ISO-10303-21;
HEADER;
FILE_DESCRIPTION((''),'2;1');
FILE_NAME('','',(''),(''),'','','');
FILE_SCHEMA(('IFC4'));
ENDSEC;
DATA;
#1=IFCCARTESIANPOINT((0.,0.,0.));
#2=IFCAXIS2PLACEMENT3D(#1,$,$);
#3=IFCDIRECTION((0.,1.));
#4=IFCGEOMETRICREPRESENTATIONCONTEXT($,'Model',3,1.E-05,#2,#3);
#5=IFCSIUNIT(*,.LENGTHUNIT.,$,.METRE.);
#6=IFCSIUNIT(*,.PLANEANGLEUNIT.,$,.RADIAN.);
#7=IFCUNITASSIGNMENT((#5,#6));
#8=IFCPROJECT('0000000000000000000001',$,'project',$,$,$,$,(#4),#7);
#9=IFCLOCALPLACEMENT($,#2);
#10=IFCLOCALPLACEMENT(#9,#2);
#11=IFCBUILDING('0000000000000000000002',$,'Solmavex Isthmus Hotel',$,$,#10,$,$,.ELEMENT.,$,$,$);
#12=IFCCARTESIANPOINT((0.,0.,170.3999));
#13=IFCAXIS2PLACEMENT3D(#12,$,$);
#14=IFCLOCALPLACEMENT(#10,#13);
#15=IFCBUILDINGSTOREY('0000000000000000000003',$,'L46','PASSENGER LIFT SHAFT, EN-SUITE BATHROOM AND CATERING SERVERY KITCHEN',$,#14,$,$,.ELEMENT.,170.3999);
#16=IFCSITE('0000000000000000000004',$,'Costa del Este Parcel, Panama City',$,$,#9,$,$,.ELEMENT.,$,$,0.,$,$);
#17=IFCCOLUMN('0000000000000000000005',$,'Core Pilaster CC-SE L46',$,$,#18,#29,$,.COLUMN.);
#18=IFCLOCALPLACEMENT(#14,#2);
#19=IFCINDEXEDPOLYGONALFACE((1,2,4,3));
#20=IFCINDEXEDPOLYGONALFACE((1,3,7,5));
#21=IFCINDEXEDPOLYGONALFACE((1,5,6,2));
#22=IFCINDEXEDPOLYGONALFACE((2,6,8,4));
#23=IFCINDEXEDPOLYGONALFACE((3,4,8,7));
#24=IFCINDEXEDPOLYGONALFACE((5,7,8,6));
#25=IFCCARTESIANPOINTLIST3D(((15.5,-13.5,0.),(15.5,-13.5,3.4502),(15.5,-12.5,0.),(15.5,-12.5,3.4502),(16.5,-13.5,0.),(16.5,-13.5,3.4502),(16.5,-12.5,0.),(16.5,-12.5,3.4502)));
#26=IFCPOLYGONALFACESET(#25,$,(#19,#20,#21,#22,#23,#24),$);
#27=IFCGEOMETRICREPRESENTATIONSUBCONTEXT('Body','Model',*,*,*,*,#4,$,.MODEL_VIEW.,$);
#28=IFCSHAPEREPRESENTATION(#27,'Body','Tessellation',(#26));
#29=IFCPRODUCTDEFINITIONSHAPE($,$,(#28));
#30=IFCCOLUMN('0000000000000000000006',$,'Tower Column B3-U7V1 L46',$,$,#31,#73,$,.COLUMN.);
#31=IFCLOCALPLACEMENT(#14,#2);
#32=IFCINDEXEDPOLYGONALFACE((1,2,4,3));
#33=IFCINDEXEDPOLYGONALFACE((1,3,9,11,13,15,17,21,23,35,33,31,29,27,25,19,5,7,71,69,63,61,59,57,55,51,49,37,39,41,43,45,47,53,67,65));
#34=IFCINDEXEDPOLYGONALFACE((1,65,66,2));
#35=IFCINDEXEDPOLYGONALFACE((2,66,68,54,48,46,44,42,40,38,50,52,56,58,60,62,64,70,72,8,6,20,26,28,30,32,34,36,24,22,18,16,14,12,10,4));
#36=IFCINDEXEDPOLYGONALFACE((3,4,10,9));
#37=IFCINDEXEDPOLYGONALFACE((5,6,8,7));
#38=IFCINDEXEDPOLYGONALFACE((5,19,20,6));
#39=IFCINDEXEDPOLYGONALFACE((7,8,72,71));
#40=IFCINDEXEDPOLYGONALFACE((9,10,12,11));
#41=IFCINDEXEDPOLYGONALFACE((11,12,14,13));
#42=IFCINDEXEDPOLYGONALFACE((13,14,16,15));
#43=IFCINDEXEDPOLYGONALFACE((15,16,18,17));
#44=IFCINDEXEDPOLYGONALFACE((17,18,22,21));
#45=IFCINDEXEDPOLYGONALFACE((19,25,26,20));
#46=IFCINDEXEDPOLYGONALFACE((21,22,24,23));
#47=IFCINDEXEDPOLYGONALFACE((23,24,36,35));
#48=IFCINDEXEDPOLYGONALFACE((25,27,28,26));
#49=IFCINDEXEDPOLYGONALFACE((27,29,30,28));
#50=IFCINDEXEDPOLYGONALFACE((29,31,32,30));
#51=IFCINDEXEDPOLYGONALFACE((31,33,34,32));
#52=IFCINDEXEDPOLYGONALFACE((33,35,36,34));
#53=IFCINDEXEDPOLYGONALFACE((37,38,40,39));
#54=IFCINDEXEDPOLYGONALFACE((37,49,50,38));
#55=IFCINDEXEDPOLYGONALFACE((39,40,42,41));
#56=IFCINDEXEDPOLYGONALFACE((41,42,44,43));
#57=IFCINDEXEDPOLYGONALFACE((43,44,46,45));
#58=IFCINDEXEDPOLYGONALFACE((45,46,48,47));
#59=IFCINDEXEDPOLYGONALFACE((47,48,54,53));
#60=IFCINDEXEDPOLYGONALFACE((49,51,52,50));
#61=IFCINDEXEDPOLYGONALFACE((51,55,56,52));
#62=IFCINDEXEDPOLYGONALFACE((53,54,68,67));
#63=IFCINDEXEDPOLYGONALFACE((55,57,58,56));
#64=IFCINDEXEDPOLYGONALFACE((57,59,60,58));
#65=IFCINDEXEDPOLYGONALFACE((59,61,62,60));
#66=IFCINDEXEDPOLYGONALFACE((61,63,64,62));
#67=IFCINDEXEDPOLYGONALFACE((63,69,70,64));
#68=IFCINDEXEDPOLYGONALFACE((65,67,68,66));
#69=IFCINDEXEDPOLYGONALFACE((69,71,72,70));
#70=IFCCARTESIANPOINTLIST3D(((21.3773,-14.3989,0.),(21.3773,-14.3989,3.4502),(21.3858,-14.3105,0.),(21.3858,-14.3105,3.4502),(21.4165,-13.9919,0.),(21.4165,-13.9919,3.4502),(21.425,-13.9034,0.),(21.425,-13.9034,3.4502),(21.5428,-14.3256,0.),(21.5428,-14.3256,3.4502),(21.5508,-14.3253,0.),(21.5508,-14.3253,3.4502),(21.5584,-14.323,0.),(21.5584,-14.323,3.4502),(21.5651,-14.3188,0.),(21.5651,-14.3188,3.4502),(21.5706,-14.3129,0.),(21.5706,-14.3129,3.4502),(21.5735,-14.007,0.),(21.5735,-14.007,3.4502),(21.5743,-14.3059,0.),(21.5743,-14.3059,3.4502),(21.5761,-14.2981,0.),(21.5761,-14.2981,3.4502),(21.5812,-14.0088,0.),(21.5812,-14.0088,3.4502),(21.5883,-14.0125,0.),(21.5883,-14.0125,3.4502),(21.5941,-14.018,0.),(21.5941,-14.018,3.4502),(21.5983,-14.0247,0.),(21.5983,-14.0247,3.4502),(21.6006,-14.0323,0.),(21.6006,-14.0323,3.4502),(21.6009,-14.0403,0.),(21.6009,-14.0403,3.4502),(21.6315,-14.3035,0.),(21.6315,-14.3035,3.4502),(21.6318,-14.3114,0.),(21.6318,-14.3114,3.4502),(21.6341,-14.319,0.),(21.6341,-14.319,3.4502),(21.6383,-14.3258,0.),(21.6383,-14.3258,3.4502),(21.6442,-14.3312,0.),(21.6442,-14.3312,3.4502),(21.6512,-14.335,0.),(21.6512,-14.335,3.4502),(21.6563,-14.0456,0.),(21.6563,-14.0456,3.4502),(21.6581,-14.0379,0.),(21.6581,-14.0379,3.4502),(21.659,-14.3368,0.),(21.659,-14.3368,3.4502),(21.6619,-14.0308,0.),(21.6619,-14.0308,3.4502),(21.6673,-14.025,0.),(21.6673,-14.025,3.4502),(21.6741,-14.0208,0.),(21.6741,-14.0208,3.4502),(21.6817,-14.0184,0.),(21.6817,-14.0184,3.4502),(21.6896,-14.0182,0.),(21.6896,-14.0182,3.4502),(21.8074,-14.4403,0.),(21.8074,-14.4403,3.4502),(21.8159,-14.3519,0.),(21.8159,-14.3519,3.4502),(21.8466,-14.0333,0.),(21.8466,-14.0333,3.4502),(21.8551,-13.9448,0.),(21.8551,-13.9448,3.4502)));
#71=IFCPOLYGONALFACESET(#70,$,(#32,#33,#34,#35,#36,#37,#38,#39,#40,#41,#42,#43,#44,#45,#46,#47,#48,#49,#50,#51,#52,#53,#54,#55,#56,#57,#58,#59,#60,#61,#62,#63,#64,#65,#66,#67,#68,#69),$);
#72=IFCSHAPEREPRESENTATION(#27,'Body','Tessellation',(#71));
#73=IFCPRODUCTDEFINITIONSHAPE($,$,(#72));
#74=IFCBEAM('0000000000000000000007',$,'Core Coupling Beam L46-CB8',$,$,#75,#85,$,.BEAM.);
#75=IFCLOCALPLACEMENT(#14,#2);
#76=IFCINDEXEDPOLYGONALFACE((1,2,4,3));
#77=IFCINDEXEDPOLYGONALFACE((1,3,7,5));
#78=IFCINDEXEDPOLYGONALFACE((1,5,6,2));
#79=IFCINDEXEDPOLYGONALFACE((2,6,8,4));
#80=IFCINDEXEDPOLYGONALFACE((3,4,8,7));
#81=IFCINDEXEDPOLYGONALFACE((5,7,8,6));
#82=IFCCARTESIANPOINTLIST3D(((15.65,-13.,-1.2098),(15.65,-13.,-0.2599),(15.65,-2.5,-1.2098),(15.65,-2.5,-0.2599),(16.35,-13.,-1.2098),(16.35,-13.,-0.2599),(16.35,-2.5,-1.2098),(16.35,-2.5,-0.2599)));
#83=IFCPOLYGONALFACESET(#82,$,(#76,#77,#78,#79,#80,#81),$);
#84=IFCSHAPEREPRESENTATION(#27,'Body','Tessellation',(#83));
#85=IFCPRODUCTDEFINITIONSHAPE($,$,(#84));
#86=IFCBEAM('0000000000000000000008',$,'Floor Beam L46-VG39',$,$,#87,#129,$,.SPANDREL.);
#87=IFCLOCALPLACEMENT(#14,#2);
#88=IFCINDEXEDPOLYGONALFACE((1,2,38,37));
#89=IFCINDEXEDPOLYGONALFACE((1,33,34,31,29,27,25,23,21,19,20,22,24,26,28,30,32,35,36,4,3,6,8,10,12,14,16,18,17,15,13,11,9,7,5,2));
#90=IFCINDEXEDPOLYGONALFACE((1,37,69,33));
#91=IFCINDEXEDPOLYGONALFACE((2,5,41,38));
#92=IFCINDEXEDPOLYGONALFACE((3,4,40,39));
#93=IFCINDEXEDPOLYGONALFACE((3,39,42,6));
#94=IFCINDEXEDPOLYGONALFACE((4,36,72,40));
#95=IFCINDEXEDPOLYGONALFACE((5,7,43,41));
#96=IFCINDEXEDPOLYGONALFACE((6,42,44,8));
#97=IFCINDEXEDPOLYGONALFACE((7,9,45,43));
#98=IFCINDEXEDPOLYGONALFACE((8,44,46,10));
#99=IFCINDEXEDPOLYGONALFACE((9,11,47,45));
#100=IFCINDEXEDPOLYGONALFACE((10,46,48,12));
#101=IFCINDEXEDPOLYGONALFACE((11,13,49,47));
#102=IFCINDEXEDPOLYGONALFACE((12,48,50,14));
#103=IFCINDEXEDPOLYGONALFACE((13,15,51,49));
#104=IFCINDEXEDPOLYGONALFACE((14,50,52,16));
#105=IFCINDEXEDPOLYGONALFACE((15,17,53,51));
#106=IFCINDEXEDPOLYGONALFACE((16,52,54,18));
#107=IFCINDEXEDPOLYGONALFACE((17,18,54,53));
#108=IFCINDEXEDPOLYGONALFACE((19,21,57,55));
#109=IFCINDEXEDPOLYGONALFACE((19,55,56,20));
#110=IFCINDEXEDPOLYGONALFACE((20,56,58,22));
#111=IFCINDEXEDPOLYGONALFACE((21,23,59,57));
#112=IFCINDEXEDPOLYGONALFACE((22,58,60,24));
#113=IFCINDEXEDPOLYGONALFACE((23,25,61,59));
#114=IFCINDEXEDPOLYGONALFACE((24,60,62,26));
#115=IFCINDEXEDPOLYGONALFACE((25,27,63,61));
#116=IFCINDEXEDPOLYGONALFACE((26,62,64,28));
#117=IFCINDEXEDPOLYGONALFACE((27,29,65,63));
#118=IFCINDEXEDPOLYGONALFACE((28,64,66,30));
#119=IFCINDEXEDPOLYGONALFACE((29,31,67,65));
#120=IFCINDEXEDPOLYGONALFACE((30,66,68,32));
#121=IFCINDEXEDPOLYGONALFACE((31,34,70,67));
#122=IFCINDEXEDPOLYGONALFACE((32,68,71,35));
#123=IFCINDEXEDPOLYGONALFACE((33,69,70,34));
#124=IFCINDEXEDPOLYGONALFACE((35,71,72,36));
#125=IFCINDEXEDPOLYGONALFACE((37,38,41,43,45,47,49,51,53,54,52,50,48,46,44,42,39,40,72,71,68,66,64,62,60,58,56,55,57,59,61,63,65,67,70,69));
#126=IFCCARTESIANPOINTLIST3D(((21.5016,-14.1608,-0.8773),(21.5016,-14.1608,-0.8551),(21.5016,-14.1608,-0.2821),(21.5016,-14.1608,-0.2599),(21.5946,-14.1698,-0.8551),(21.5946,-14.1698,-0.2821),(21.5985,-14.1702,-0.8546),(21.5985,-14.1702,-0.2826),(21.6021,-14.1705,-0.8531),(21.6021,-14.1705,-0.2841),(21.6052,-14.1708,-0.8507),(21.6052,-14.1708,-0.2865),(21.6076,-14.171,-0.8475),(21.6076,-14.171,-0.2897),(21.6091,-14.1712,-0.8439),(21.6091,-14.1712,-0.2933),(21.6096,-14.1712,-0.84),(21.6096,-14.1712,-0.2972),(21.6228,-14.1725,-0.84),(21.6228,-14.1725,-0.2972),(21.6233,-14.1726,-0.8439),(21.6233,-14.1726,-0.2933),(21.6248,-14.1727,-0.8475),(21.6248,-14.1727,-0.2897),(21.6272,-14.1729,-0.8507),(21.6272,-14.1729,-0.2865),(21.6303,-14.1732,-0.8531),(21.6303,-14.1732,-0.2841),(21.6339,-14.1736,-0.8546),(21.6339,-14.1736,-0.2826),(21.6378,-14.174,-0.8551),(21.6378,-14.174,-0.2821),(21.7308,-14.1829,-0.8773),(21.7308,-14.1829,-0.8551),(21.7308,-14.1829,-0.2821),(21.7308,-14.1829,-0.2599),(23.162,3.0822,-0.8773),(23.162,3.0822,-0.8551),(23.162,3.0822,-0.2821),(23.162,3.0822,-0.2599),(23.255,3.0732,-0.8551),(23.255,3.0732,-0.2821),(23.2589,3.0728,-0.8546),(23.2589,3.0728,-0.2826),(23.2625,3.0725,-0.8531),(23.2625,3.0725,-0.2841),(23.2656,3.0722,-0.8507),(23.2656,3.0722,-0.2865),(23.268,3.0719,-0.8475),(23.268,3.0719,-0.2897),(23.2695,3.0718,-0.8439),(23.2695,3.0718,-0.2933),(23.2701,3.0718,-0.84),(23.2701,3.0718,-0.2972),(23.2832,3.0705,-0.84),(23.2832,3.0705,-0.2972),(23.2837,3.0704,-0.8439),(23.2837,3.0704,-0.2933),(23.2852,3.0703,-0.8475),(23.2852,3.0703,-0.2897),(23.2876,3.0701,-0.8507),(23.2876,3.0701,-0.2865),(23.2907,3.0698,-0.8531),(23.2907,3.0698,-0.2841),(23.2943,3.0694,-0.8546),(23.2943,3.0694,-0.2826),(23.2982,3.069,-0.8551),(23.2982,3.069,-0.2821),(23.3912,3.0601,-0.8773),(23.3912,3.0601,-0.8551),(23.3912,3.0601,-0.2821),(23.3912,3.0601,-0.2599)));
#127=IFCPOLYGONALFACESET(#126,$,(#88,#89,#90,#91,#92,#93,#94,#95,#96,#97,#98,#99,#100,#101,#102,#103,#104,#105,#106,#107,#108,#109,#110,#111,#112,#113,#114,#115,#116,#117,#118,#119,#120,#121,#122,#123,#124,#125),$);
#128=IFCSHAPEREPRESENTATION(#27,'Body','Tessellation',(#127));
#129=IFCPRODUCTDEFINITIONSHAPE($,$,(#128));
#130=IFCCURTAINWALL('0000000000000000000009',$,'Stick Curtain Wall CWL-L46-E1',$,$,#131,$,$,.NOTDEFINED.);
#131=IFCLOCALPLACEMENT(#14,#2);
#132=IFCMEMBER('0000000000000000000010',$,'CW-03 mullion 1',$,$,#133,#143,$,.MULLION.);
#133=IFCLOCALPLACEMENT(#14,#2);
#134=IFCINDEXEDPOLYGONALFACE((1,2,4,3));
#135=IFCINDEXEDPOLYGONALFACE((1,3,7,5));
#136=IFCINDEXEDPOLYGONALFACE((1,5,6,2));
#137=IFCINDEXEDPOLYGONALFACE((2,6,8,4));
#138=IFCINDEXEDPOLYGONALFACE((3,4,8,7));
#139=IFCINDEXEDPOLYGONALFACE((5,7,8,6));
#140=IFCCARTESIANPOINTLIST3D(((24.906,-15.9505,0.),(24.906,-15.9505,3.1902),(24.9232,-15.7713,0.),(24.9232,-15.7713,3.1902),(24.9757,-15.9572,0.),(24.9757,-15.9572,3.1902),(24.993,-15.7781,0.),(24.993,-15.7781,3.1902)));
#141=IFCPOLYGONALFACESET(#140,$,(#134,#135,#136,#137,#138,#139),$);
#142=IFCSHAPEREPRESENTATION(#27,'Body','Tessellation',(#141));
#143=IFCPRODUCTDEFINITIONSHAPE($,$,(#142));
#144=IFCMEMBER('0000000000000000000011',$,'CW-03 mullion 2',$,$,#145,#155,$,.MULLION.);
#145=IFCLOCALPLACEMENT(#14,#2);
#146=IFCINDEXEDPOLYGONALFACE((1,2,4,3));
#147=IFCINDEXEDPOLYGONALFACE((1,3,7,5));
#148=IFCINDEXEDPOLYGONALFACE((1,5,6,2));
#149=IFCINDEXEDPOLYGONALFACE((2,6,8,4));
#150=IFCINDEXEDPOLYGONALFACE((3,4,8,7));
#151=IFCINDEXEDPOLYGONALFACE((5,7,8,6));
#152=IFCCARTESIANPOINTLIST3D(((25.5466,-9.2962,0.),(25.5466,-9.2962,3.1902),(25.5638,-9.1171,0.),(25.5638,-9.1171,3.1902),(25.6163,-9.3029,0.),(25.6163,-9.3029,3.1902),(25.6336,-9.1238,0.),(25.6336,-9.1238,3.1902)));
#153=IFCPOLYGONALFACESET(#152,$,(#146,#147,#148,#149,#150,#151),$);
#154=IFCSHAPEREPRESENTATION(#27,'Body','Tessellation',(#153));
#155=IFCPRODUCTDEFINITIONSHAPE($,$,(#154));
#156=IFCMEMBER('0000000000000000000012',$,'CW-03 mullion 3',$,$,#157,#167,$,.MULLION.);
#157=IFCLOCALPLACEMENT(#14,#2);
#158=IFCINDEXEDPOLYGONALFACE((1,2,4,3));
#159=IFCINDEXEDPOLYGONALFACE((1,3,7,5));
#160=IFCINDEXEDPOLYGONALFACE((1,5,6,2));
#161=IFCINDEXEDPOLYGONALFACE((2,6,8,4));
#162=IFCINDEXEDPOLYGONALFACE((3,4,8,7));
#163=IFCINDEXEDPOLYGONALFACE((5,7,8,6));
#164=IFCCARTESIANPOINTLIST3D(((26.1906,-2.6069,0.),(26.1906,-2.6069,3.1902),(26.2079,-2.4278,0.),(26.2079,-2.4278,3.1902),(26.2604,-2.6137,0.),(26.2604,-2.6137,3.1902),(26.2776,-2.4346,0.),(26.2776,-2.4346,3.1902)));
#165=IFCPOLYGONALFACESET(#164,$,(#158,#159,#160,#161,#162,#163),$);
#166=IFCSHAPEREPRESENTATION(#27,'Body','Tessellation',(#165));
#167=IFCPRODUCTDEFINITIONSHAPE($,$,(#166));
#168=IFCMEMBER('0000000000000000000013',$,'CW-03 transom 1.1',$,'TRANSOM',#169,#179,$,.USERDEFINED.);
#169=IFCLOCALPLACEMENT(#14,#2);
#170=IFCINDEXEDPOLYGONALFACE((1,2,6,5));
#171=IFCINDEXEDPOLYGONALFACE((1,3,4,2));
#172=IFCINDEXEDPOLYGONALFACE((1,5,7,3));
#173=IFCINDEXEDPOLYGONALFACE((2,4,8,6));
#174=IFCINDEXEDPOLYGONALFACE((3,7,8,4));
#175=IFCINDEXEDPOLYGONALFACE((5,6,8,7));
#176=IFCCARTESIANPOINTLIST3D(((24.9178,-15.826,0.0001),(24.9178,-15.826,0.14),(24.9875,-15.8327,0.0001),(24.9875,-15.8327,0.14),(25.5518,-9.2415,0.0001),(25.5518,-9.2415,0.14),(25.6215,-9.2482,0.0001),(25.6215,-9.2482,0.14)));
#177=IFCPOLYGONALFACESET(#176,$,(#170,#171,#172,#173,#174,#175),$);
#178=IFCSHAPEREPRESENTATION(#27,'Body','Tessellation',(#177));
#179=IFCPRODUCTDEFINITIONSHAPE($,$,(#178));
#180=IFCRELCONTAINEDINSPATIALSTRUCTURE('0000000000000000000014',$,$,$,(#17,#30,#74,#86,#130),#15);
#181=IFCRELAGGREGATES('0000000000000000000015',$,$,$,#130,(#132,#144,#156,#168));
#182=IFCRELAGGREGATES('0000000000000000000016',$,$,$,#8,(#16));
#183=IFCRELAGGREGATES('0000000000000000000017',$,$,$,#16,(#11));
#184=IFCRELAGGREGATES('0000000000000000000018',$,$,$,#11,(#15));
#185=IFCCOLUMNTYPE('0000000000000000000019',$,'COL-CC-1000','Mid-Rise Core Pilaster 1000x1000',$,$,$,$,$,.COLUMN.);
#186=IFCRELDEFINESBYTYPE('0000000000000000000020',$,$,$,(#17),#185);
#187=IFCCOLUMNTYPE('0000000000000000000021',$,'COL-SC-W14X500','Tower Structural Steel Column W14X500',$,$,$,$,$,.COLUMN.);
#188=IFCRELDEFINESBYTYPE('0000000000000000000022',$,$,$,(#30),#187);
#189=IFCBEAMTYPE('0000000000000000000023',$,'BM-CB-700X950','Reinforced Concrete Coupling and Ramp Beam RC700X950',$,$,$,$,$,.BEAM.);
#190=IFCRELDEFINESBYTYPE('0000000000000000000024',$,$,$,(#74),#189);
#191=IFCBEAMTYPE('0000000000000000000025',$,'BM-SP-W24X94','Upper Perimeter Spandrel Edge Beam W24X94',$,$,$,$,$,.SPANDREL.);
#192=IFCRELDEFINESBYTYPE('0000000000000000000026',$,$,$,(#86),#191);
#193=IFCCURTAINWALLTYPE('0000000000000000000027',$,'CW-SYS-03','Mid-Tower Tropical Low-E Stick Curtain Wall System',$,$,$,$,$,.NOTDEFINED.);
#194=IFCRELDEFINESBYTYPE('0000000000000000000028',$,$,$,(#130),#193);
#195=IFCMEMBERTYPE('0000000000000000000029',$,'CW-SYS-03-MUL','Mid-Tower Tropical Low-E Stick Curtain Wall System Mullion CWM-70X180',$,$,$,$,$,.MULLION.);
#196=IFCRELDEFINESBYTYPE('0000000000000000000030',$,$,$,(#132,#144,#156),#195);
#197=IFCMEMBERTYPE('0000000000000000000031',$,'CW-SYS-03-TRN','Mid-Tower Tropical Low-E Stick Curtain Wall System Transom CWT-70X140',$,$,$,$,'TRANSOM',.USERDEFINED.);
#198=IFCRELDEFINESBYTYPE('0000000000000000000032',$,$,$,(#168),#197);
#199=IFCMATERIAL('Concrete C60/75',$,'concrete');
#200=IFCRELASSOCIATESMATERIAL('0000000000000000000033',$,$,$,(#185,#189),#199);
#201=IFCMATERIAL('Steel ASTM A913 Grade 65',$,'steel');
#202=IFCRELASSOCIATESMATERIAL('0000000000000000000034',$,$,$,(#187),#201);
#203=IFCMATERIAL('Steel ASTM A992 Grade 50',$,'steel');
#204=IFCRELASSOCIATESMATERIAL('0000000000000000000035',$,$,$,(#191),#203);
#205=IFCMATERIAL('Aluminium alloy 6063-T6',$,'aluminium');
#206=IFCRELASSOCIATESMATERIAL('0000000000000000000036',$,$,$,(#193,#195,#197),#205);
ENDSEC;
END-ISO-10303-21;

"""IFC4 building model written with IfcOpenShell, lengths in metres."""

from ifc_helpers import new_model, si_unit, direction, frame, origin, origin_2d, place, context, subcontext, project, spatial, rectangle, i_section, extrude, material, material_profile, profile_set, type_object, element, aggregate, save


model = new_model("IFC4")

# Units and contexts
model_context = context("Model", 3, precision=1e-05, world=origin(), true_north=direction((0.0, 1.0)))
body_context = subcontext(model_context, "Body", "Model", "MODEL_VIEW")
ifc_project = project(units=[si_unit("LENGTHUNIT", "METRE"), si_unit("PLANEANGLEUNIT", "RADIAN")], contexts=[model_context])

# Site, building, storey
site_placement = place(None, origin())
site = spatial("IfcSite", under=ifc_project, at=site_placement, Name="Costa del Este Parcel, Panama City", CompositionType="ELEMENT", RefElevation=0.0)
building_placement = place(site_placement, origin())
building = spatial("IfcBuilding", under=site, at=building_placement, Name="Solmavex Isthmus Hotel", CompositionType="ELEMENT")
storey_placement = place(building_placement, frame((0.0, 0.0, 170.3999)))
storey = spatial("IfcBuildingStorey", under=building, at=storey_placement, Name="L46", Description="PASSENGER LIFT SHAFT, EN-SUITE BATHROOM AND CATERING SERVERY KITCHEN", CompositionType="ELEMENT", Elevation=170.3999)

# Columns
ifc_material_1 = material(Name="Concrete C60/75", Category="concrete")
ifc_material_profile_1 = material_profile(ifc_material_1, rectangle(XDim=1.0, YDim=1.0, at=origin_2d()), Name="RC1000X1000")
ifc_profile_set_1 = profile_set([ifc_material_profile_1], Name="Concrete C60/75")
column_type_1 = type_object("IfcColumnType", Name="COL-CC-1000", Description="Mid-Rise Core Pilaster 1000x1000", PredefinedType="COLUMN", material=ifc_profile_set_1)
column_1_placement = place(storey_placement, frame((16.0, -13.0, 0.0), z_axis=(0.0, 0.0, 1.0), x_axis=(1.0, 0.0, 0.0)))
element("IfcColumn", 1, at=column_1_placement, inside=storey, type_object=column_type_1, Name="Core Pilaster CC-SE L46", PredefinedType="COLUMN", context=body_context, shape_type="SweptSolid", body=[
    extrude(rectangle(XDim=1.0, YDim=1.0, at=origin_2d()), origin(), (0.0, 0.0, 1.0), 3.4502),
])
ifc_material_2 = material(Name="Steel ASTM A913 Grade 65", Category="steel")
ifc_material_profile_2 = material_profile(ifc_material_2, i_section(OverallWidth=0.4321, OverallDepth=0.4978, WebThickness=0.0557, FlangeThickness=0.0889, FilletRadius=0.0305, at=origin_2d()), Name="W14X500")
ifc_profile_set_2 = profile_set([ifc_material_profile_2], Name="Steel ASTM A913 Grade 65")
column_type_2 = type_object("IfcColumnType", Name="COL-SC-W14X500", Description="Tower Structural Steel Column W14X500", PredefinedType="COLUMN", material=ifc_profile_set_2)
column_2_placement = place(storey_placement, frame((21.6162, -14.1719, 0.0), z_axis=(0.0, 0.0, 1.0), x_axis=(0.995396, -0.095846, 0.0)))
element("IfcColumn", 2, at=column_2_placement, inside=storey, type_object=column_type_2, Name="Tower Column B3-U7V1 L46", PredefinedType="COLUMN", context=body_context, shape_type="SweptSolid", body=[
    extrude(i_section(OverallWidth=0.4321, OverallDepth=0.4978, WebThickness=0.0557, FlangeThickness=0.0889, FilletRadius=0.0305, at=origin_2d()), origin(), (0.0, 0.0, 1.0), 3.4502),
])

# Beams
ifc_material_profile_3 = material_profile(ifc_material_1, rectangle(XDim=0.7, YDim=0.95, at=origin_2d()), Name="RC700X950")
ifc_profile_set_3 = profile_set([ifc_material_profile_3], Name="Concrete C60/75")
beam_type_1 = type_object("IfcBeamType", Name="BM-CB-700X950", Description="Reinforced Concrete Coupling and Ramp Beam RC700X950", PredefinedType="BEAM", material=ifc_profile_set_3)
beam_1_placement = place(storey_placement, frame((16.0, -13.0, -0.7349), z_axis=(0.0, 1.0, 0.0), x_axis=(-1.0, 0.0, 0.0)))
element("IfcBeam", 3, at=beam_1_placement, inside=storey, type_object=beam_type_1, Name="Core Coupling Beam L46-CB8", PredefinedType="BEAM", context=body_context, shape_type="SweptSolid", body=[
    extrude(rectangle(XDim=0.7, YDim=0.95, at=origin_2d()), origin(), (0.0, 0.0, 1.0), 10.5),
])
ifc_material_3 = material(Name="Steel ASTM A992 Grade 50", Category="steel")
ifc_material_profile_4 = material_profile(ifc_material_3, i_section(OverallWidth=0.2302, OverallDepth=0.6174, WebThickness=0.0132, FlangeThickness=0.0222, FilletRadius=0.0151, at=origin_2d()), Name="W24X94")
ifc_profile_set_4 = profile_set([ifc_material_profile_4], Name="Steel ASTM A992 Grade 50")
beam_type_2 = type_object("IfcBeamType", Name="BM-SP-W24X94", Description="Upper Perimeter Spandrel Edge Beam W24X94", PredefinedType="SPANDREL", material=ifc_profile_set_4)
beam_2_placement = place(storey_placement, frame((21.6162, -14.1719, -0.5686), z_axis=(0.095851, 0.995396, 0.0), x_axis=(-0.995396, 0.095851, 0.0)))
element("IfcBeam", 4, at=beam_2_placement, inside=storey, type_object=beam_type_2, Name="Floor Beam L46-VG39", PredefinedType="SPANDREL", context=body_context, shape_type="SweptSolid", body=[
    extrude(i_section(OverallWidth=0.2302, OverallDepth=0.6174, WebThickness=0.0132, FlangeThickness=0.0222, FilletRadius=0.0151, at=origin_2d()), origin(), (0.0, 0.0, 1.0), 17.3228),
])

# Curtain wall, members
ifc_material_4 = material(Name="Aluminium alloy 6063-T6", Category="aluminium")
curtain_wall_type = type_object("IfcCurtainWallType", Name="CW-SYS-03", Description="Mid-Tower Tropical Low-E Stick Curtain Wall System", PredefinedType="NOTDEFINED", material=ifc_material_4)
curtain_wall_placement = place(storey_placement, origin())
curtain_wall = element("IfcCurtainWall", 5, at=curtain_wall_placement, inside=storey, type_object=curtain_wall_type, Name="Stick Curtain Wall CWL-L46-E1", PredefinedType="NOTDEFINED")
ifc_material_profile_5 = material_profile(ifc_material_4, rectangle(XDim=0.0701, YDim=0.1799, at=origin_2d()), Name="CWM-70X180")
ifc_profile_set_5 = profile_set([ifc_material_profile_5], Name="Aluminium alloy 6063-T6")
member_type_1 = type_object("IfcMemberType", Name="CW-SYS-03-MUL", Description="Mid-Tower Tropical Low-E Stick Curtain Wall System Mullion CWM-70X180", PredefinedType="MULLION", material=ifc_profile_set_5)
member_1_placement = place(storey_placement, frame((24.9495, -15.8643, 0.0), z_axis=(0.0, 0.0, 1.0), x_axis=(-0.995396, 0.095846, 0.0)))
member_1 = element("IfcMember", 6, at=member_1_placement, type_object=member_type_1, Name="CW-03 mullion 1", PredefinedType="MULLION", context=body_context, shape_type="SweptSolid", body=[
    extrude(rectangle(XDim=0.0701, YDim=0.1799, at=origin_2d()), origin(), (0.0, 0.0, 1.0), 3.1902),
])
member_2_placement = place(storey_placement, frame((25.5901, -9.21, 0.0), z_axis=(0.0, 0.0, 1.0), x_axis=(-0.995396, 0.095846, 0.0)))
member_2 = element("IfcMember", 7, at=member_2_placement, type_object=member_type_1, Name="CW-03 mullion 2", PredefinedType="MULLION", context=body_context, shape_type="SweptSolid", body=[
    extrude(rectangle(XDim=0.0701, YDim=0.1799, at=origin_2d()), origin(), (0.0, 0.0, 1.0), 3.1902),
])
member_3_placement = place(storey_placement, frame((26.2341, -2.5208, 0.0), z_axis=(0.0, 0.0, 1.0), x_axis=(-0.995396, 0.095846, 0.0)))
member_3 = element("IfcMember", 8, at=member_3_placement, type_object=member_type_1, Name="CW-03 mullion 3", PredefinedType="MULLION", context=body_context, shape_type="SweptSolid", body=[
    extrude(rectangle(XDim=0.0701, YDim=0.1799, at=origin_2d()), origin(), (0.0, 0.0, 1.0), 3.1902),
])
ifc_material_profile_6 = material_profile(ifc_material_4, rectangle(XDim=0.0701, YDim=0.1399, at=origin_2d()), Name="CWT-70X140")
ifc_profile_set_6 = profile_set([ifc_material_profile_6], Name="Aluminium alloy 6063-T6")
member_type_2 = type_object("IfcMemberType", Name="CW-SYS-03-TRN", Description="Mid-Tower Tropical Low-E Stick Curtain Wall System Transom CWT-70X140", ElementType="TRANSOM", PredefinedType="USERDEFINED", material=ifc_profile_set_6)
member_4_placement = place(storey_placement, frame((24.9526, -15.8293, 0.0701), z_axis=(0.095849, 0.995396, 0.0), x_axis=(-0.995396, 0.095849, 0.0)))
member_4 = element("IfcMember", 9, at=member_4_placement, type_object=member_type_2, Name="CW-03 transom 1.1", ObjectType="TRANSOM", PredefinedType="USERDEFINED", context=body_context, shape_type="SweptSolid", body=[
    extrude(rectangle(XDim=0.0701, YDim=0.1399, at=origin_2d()), origin(), (0.0, 0.0, 1.0), 6.615),
])
aggregate(curtain_wall, [member_1, member_2, member_3, member_4])

save(model, "model.ifc")
